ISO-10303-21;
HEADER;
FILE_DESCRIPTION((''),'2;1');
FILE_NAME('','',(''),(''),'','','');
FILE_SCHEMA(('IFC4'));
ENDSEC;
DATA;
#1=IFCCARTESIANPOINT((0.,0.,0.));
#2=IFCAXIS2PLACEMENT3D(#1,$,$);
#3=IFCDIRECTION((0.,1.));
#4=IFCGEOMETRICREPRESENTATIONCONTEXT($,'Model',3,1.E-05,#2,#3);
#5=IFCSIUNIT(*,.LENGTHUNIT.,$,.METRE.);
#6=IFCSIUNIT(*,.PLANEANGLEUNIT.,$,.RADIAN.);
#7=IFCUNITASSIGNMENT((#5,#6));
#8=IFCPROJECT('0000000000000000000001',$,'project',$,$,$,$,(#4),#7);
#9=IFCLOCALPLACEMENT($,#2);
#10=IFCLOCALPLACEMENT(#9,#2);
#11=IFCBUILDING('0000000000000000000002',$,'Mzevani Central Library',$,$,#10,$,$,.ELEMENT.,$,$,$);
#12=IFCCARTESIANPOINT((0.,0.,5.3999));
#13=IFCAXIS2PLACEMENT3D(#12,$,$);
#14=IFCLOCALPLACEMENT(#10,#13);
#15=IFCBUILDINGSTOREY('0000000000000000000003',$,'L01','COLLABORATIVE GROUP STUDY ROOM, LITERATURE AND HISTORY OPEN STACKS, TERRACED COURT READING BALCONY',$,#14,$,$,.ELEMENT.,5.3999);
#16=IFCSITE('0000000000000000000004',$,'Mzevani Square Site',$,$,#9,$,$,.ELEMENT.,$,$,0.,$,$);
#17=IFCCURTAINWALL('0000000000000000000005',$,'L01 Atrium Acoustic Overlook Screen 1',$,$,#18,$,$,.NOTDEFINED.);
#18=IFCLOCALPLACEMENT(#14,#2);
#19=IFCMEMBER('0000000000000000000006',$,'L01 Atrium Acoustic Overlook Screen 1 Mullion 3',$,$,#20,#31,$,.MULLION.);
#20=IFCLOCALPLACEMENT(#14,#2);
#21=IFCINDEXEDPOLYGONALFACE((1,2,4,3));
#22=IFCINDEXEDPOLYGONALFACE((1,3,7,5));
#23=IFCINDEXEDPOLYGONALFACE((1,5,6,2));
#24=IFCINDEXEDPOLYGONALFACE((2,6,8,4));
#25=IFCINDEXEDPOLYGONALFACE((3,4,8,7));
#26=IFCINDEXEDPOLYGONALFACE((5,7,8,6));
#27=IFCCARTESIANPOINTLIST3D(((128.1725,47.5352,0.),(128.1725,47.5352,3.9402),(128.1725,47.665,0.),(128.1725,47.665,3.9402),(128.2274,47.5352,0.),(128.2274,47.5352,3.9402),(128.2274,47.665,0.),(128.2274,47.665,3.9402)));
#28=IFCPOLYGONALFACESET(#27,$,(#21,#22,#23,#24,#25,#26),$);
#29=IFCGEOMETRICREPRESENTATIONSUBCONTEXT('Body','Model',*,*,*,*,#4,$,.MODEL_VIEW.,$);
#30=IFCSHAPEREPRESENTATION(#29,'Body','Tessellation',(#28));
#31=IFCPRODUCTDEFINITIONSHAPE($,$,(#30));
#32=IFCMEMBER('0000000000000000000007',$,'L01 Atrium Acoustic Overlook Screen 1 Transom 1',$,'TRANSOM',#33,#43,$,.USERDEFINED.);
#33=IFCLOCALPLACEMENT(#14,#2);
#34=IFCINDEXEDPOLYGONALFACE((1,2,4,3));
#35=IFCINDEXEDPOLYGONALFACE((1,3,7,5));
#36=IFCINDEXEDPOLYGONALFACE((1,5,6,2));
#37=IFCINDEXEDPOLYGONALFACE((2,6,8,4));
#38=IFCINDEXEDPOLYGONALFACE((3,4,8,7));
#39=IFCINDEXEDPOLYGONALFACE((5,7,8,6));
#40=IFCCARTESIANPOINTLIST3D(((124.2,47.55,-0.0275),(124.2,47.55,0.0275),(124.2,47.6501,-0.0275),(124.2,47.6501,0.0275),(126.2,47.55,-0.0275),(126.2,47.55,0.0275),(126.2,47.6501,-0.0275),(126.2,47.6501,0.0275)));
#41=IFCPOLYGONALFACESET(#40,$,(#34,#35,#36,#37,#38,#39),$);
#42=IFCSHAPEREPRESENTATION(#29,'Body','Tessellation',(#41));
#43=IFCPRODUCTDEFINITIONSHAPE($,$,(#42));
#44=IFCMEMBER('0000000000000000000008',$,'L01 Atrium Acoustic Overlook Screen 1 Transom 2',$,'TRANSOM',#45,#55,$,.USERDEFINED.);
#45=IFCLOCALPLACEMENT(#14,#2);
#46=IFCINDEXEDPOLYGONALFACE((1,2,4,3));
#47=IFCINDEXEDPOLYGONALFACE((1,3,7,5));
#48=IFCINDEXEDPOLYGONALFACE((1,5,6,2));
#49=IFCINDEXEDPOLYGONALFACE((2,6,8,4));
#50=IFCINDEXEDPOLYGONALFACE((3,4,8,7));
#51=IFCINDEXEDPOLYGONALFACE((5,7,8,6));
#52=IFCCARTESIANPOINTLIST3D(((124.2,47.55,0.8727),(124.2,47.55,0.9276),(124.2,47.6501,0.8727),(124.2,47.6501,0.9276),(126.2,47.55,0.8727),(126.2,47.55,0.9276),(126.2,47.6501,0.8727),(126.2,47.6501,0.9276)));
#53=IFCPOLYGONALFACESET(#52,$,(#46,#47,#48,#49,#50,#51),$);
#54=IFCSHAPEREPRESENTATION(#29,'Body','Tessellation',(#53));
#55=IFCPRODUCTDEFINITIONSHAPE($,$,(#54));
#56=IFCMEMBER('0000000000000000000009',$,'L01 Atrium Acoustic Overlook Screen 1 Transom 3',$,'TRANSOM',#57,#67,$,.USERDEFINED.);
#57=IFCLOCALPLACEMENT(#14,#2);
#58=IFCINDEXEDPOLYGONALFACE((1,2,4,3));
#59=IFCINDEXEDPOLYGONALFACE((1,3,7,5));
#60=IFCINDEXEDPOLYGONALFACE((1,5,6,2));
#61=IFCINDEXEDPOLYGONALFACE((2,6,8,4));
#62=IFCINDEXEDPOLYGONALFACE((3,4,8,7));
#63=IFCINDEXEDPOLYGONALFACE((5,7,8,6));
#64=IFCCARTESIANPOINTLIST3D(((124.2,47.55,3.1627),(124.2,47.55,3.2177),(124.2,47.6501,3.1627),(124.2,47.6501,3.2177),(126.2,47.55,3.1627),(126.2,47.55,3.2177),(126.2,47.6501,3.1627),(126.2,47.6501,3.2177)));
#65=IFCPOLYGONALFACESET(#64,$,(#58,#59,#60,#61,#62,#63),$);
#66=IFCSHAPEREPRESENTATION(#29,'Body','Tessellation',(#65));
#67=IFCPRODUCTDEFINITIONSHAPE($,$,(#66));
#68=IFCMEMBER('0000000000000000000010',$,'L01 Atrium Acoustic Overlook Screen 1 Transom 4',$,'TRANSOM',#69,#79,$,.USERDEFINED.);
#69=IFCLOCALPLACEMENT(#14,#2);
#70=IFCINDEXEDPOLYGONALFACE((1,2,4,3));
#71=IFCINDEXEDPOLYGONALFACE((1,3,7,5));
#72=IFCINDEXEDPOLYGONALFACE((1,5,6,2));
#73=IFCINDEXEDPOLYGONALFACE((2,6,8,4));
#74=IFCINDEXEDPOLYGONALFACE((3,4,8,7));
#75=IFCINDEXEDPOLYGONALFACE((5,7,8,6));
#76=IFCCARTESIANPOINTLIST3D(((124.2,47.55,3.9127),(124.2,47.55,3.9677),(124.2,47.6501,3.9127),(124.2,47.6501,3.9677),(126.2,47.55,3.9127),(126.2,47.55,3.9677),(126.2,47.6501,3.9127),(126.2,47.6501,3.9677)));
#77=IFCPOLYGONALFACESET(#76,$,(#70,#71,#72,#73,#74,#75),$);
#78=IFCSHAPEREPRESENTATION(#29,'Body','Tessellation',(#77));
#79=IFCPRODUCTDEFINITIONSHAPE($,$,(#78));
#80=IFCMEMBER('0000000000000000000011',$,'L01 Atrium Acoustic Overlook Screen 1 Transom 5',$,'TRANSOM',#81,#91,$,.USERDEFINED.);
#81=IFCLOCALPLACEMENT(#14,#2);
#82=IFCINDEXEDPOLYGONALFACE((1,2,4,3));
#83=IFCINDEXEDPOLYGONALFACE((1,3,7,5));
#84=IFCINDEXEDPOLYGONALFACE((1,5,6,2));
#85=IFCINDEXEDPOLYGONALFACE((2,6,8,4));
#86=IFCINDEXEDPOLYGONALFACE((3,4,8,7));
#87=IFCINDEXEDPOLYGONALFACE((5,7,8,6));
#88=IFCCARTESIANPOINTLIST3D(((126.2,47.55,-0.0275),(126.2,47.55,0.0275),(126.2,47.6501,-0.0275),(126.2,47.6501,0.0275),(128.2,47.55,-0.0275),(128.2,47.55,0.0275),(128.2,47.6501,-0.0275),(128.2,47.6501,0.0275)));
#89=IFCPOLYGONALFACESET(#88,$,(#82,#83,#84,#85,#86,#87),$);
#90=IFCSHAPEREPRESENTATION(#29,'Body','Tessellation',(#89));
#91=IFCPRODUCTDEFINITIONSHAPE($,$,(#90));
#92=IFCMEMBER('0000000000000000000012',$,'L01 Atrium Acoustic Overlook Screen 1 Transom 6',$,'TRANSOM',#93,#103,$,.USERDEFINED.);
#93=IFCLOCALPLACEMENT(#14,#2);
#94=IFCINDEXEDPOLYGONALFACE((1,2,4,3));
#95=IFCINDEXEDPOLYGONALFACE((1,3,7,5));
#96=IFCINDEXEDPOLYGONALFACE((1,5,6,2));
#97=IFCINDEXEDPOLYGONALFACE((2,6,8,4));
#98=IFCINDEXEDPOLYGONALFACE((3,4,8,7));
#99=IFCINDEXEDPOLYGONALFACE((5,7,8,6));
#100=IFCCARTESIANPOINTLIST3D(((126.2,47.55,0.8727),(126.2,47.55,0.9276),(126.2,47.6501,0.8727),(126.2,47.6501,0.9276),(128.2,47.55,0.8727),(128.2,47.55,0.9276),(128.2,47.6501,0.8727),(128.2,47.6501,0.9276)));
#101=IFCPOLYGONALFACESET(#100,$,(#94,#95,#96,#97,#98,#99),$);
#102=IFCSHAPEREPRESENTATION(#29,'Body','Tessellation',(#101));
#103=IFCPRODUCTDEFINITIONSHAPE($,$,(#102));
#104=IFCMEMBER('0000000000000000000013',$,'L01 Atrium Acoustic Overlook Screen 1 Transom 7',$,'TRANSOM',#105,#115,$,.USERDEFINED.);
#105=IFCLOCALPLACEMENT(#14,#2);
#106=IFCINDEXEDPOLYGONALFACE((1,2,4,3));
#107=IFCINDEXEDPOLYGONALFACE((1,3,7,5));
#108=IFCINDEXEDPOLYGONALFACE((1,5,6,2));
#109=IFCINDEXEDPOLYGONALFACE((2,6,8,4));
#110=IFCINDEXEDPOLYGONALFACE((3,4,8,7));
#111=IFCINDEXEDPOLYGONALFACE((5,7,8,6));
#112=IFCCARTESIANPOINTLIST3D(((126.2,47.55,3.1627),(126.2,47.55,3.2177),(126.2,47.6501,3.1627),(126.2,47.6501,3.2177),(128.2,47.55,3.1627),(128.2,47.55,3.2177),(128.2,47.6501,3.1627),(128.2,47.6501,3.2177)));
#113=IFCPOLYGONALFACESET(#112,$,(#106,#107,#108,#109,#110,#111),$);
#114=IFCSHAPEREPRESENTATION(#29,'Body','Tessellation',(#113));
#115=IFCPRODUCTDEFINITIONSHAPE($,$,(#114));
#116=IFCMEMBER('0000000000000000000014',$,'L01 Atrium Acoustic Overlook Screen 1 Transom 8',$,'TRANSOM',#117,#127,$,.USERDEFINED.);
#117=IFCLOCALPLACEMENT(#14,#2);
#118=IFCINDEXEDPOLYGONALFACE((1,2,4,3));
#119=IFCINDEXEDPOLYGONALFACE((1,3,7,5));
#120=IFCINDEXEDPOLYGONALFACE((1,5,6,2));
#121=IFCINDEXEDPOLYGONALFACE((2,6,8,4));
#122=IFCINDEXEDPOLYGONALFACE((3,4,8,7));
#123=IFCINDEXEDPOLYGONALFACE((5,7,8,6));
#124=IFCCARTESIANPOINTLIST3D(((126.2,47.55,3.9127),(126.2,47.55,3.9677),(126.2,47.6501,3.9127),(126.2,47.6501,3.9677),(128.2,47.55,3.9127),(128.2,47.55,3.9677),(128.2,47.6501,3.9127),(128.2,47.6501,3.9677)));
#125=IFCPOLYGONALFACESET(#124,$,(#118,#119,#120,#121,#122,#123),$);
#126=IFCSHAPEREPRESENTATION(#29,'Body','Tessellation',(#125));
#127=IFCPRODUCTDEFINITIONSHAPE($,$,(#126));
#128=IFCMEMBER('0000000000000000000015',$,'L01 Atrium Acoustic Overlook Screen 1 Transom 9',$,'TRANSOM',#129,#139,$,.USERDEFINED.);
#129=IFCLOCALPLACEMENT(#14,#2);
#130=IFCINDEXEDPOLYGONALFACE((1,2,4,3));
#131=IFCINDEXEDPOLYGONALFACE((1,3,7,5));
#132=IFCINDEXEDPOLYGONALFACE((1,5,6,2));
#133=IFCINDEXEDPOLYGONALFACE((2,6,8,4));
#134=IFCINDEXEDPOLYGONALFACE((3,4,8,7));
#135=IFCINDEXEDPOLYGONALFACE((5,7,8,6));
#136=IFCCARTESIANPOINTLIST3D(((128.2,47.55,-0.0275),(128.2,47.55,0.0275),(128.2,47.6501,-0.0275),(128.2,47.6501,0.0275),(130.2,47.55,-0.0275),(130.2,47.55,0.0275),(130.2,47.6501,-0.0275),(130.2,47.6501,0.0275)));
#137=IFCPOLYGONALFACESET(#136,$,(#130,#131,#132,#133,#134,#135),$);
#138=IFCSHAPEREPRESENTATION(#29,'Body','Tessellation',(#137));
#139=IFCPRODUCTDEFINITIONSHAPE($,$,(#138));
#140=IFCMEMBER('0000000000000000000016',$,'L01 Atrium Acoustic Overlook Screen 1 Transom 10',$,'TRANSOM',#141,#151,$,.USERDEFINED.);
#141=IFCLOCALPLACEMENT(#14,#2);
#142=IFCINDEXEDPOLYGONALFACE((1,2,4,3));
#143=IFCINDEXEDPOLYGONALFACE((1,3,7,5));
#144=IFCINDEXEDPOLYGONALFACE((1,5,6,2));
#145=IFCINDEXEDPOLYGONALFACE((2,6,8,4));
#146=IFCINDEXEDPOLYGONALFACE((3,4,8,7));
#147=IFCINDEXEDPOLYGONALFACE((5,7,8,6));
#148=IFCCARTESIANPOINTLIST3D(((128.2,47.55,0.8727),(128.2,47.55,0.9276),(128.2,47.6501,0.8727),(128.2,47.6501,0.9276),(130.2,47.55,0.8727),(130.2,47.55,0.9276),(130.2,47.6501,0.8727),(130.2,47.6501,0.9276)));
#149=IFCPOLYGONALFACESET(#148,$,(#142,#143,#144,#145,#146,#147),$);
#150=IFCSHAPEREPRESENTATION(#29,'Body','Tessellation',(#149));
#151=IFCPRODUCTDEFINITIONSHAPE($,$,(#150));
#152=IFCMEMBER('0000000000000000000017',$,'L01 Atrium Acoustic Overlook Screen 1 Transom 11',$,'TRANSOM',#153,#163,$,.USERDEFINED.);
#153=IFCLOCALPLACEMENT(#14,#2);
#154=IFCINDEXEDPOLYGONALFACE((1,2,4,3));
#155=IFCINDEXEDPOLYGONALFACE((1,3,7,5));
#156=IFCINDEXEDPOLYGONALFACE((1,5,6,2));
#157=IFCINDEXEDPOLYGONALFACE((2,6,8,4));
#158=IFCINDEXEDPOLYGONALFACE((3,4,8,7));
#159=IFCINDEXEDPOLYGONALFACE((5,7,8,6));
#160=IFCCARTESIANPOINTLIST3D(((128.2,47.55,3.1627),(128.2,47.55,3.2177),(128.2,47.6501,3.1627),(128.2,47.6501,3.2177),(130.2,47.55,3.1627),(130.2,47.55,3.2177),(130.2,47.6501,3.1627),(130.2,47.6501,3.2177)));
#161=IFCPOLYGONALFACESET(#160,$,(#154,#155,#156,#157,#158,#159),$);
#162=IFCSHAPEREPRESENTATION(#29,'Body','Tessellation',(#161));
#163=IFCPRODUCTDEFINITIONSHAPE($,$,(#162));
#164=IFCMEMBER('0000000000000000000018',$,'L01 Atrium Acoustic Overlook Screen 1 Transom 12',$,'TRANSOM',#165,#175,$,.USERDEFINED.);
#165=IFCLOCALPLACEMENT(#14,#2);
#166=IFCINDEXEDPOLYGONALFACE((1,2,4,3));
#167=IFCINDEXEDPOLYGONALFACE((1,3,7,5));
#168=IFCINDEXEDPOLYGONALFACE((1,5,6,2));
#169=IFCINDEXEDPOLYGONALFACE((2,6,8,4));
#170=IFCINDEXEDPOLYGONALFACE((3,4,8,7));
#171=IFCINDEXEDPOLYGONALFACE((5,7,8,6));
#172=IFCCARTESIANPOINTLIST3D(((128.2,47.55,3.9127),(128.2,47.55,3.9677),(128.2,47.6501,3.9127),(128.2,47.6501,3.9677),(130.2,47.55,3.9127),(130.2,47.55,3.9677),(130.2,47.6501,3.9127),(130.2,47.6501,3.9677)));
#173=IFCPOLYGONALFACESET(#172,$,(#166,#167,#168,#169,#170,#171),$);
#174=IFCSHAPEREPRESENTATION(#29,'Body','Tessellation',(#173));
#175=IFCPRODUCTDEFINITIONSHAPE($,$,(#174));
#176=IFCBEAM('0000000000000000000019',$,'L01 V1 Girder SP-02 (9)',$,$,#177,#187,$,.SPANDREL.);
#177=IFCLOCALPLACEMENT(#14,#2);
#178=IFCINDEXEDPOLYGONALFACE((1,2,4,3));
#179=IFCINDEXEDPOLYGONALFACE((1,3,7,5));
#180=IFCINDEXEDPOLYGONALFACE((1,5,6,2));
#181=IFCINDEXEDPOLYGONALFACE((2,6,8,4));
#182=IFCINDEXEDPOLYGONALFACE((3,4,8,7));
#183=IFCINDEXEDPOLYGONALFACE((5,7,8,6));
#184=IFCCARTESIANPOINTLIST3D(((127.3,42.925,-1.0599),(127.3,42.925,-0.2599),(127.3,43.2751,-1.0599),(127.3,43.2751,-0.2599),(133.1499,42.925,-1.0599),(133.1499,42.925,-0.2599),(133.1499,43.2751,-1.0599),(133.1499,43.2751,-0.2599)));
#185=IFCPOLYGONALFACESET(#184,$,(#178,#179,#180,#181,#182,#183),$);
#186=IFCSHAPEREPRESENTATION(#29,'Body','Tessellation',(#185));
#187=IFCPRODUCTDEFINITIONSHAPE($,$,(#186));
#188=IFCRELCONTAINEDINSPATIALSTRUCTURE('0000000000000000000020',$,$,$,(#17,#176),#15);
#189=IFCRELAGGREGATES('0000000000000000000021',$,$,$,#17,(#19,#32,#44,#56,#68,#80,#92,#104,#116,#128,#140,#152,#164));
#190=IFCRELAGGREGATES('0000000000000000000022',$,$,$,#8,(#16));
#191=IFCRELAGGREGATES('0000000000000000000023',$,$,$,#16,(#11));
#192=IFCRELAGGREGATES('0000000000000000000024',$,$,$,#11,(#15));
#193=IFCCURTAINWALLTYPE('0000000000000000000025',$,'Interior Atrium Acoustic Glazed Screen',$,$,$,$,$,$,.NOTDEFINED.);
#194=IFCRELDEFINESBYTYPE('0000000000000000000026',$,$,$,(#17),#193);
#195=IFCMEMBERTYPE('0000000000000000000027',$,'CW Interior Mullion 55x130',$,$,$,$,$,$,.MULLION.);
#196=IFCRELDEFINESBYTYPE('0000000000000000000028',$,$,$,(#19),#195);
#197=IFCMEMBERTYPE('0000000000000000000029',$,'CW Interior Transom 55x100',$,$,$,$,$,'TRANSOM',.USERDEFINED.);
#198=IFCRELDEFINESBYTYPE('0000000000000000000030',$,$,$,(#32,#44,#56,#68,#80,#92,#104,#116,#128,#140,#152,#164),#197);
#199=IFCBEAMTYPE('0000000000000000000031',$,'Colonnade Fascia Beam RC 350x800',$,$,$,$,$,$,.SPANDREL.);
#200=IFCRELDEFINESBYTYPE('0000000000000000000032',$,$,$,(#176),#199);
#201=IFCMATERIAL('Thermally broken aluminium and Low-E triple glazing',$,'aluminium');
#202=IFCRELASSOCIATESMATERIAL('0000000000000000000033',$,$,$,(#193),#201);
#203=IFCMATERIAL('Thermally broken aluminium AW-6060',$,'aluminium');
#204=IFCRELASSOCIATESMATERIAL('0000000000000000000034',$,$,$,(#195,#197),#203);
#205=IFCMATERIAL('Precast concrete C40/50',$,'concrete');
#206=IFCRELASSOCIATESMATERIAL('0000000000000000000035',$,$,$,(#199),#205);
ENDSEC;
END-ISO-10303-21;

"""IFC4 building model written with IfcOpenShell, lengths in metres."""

from ifc_helpers import new_model, si_unit, direction, frame, origin, origin_2d, place, context, subcontext, project, spatial, rectangle, extrude, material, material_profile, profile_set, type_object, element, aggregate, save


model = new_model("IFC4")

# Units and contexts
model_context = context("Model", 3, precision=1e-05, world=origin(), true_north=direction((0.0, 1.0)))
body_context = subcontext(model_context, "Body", "Model", "MODEL_VIEW")
ifc_project = project(units=[si_unit("LENGTHUNIT", "METRE"), si_unit("PLANEANGLEUNIT", "RADIAN")], contexts=[model_context])

# Site, building, storey
site_placement = place(None, origin())
site = spatial("IfcSite", under=ifc_project, at=site_placement, Name="Mzevani Square Site", CompositionType="ELEMENT", RefElevation=0.0)
building_placement = place(site_placement, origin())
building = spatial("IfcBuilding", under=site, at=building_placement, Name="Mzevani Central Library", CompositionType="ELEMENT")
storey_placement = place(building_placement, frame((0.0, 0.0, 5.3999)))
storey = spatial("IfcBuildingStorey", under=building, at=storey_placement, Name="L01", Description="COLLABORATIVE GROUP STUDY ROOM, LITERATURE AND HISTORY OPEN STACKS, TERRACED COURT READING BALCONY", CompositionType="ELEMENT", Elevation=5.3999)

# Curtain wall, members
ifc_material_1 = material(Name="Thermally broken aluminium and Low-E triple glazing", Category="aluminium")
curtain_wall_type = type_object("IfcCurtainWallType", Name="Interior Atrium Acoustic Glazed Screen", PredefinedType="NOTDEFINED", material=ifc_material_1)
curtain_wall_placement = place(storey_placement, origin())
curtain_wall = element("IfcCurtainWall", 1, at=curtain_wall_placement, inside=storey, type_object=curtain_wall_type, Name="L01 Atrium Acoustic Overlook Screen 1", PredefinedType="NOTDEFINED")
ifc_material_2 = material(Name="Thermally broken aluminium AW-6060", Category="aluminium")
ifc_material_profile_1 = material_profile(ifc_material_2, rectangle(XDim=0.0549, YDim=0.1299, at=origin_2d()), Name="ALU M55x130")
ifc_profile_set_1 = profile_set([ifc_material_profile_1], Name="Thermally broken aluminium AW-6060")
member_type_1 = type_object("IfcMemberType", Name="CW Interior Mullion 55x130", PredefinedType="MULLION", material=ifc_profile_set_1)
member_1_placement = place(storey_placement, frame((128.2, 47.6001, 0.0), z_axis=(0.0, 0.0, 1.0), x_axis=(1.0, 0.0, 0.0)))
member_1 = element("IfcMember", 2, at=member_1_placement, type_object=member_type_1, Name="L01 Atrium Acoustic Overlook Screen 1 Mullion 3", PredefinedType="MULLION", context=body_context, shape_type="SweptSolid", body=[
    extrude(rectangle(XDim=0.0549, YDim=0.1299, at=origin_2d()), origin(), (0.0, 0.0, 1.0), 3.9402),
])
ifc_material_profile_2 = material_profile(ifc_material_2, rectangle(XDim=0.1001, YDim=0.0549, at=origin_2d()), Name="ALU T55x100")
ifc_profile_set_2 = profile_set([ifc_material_profile_2], Name="Thermally broken aluminium AW-6060")
member_type_2 = type_object("IfcMemberType", Name="CW Interior Transom 55x100", ElementType="TRANSOM", PredefinedType="USERDEFINED", material=ifc_profile_set_2)
member_2_placement = place(storey_placement, frame((124.2, 47.6001, 0.0), z_axis=(1.0, 0.0, 0.0), x_axis=(0.0, 1.0, 0.0)))
member_2 = element("IfcMember", 3, at=member_2_placement, type_object=member_type_2, Name="L01 Atrium Acoustic Overlook Screen 1 Transom 1", ObjectType="TRANSOM", PredefinedType="USERDEFINED", context=body_context, shape_type="SweptSolid", body=[
    extrude(rectangle(XDim=0.1001, YDim=0.0549, at=origin_2d()), origin(), (0.0, 0.0, 1.0), 2.0),
])
member_3_placement = place(storey_placement, frame((124.2, 47.6001, 0.9001), z_axis=(1.0, 0.0, 0.0), x_axis=(0.0, 1.0, 0.0)))
member_3 = element("IfcMember", 4, at=member_3_placement, type_object=member_type_2, Name="L01 Atrium Acoustic Overlook Screen 1 Transom 2", ObjectType="TRANSOM", PredefinedType="USERDEFINED", context=body_context, shape_type="SweptSolid", body=[
    extrude(rectangle(XDim=0.1001, YDim=0.0549, at=origin_2d()), origin(), (0.0, 0.0, 1.0), 2.0),
])
member_4_placement = place(storey_placement, frame((124.2, 47.6001, 3.1902), z_axis=(1.0, 0.0, 0.0), x_axis=(0.0, 1.0, 0.0)))
member_4 = element("IfcMember", 5, at=member_4_placement, type_object=member_type_2, Name="L01 Atrium Acoustic Overlook Screen 1 Transom 3", ObjectType="TRANSOM", PredefinedType="USERDEFINED", context=body_context, shape_type="SweptSolid", body=[
    extrude(rectangle(XDim=0.1001, YDim=0.0549, at=origin_2d()), origin(), (0.0, 0.0, 1.0), 2.0),
])
member_5_placement = place(storey_placement, frame((124.2, 47.6001, 3.9402), z_axis=(1.0, 0.0, 0.0), x_axis=(0.0, 1.0, 0.0)))
member_5 = element("IfcMember", 6, at=member_5_placement, type_object=member_type_2, Name="L01 Atrium Acoustic Overlook Screen 1 Transom 4", ObjectType="TRANSOM", PredefinedType="USERDEFINED", context=body_context, shape_type="SweptSolid", body=[
    extrude(rectangle(XDim=0.1001, YDim=0.0549, at=origin_2d()), origin(), (0.0, 0.0, 1.0), 2.0),
])
member_6_placement = place(storey_placement, frame((126.2, 47.6001, 0.0), z_axis=(1.0, 0.0, 0.0), x_axis=(0.0, 1.0, 0.0)))
member_6 = element("IfcMember", 7, at=member_6_placement, type_object=member_type_2, Name="L01 Atrium Acoustic Overlook Screen 1 Transom 5", ObjectType="TRANSOM", PredefinedType="USERDEFINED", context=body_context, shape_type="SweptSolid", body=[
    extrude(rectangle(XDim=0.1001, YDim=0.0549, at=origin_2d()), origin(), (0.0, 0.0, 1.0), 2.0),
])
member_7_placement = place(storey_placement, frame((126.2, 47.6001, 0.9001), z_axis=(1.0, 0.0, 0.0), x_axis=(0.0, 1.0, 0.0)))
member_7 = element("IfcMember", 8, at=member_7_placement, type_object=member_type_2, Name="L01 Atrium Acoustic Overlook Screen 1 Transom 6", ObjectType="TRANSOM", PredefinedType="USERDEFINED", context=body_context, shape_type="SweptSolid", body=[
    extrude(rectangle(XDim=0.1001, YDim=0.0549, at=origin_2d()), origin(), (0.0, 0.0, 1.0), 2.0),
])
member_8_placement = place(storey_placement, frame((126.2, 47.6001, 3.1902), z_axis=(1.0, 0.0, 0.0), x_axis=(0.0, 1.0, 0.0)))
member_8 = element("IfcMember", 9, at=member_8_placement, type_object=member_type_2, Name="L01 Atrium Acoustic Overlook Screen 1 Transom 7", ObjectType="TRANSOM", PredefinedType="USERDEFINED", context=body_context, shape_type="SweptSolid", body=[
    extrude(rectangle(XDim=0.1001, YDim=0.0549, at=origin_2d()), origin(), (0.0, 0.0, 1.0), 2.0),
])
member_9_placement = place(storey_placement, frame((126.2, 47.6001, 3.9402), z_axis=(1.0, 0.0, 0.0), x_axis=(0.0, 1.0, 0.0)))
member_9 = element("IfcMember", 10, at=member_9_placement, type_object=member_type_2, Name="L01 Atrium Acoustic Overlook Screen 1 Transom 8", ObjectType="TRANSOM", PredefinedType="USERDEFINED", context=body_context, shape_type="SweptSolid", body=[
    extrude(rectangle(XDim=0.1001, YDim=0.0549, at=origin_2d()), origin(), (0.0, 0.0, 1.0), 2.0),
])
member_10_placement = place(storey_placement, frame((128.2, 47.6001, 0.0), z_axis=(1.0, 0.0, 0.0), x_axis=(0.0, 1.0, 0.0)))
member_10 = element("IfcMember", 11, at=member_10_placement, type_object=member_type_2, Name="L01 Atrium Acoustic Overlook Screen 1 Transom 9", ObjectType="TRANSOM", PredefinedType="USERDEFINED", context=body_context, shape_type="SweptSolid", body=[
    extrude(rectangle(XDim=0.1001, YDim=0.0549, at=origin_2d()), origin(), (0.0, 0.0, 1.0), 2.0),
])
member_11_placement = place(storey_placement, frame((128.2, 47.6001, 0.9001), z_axis=(1.0, 0.0, 0.0), x_axis=(0.0, 1.0, 0.0)))
member_11 = element("IfcMember", 12, at=member_11_placement, type_object=member_type_2, Name="L01 Atrium Acoustic Overlook Screen 1 Transom 10", ObjectType="TRANSOM", PredefinedType="USERDEFINED", context=body_context, shape_type="SweptSolid", body=[
    extrude(rectangle(XDim=0.1001, YDim=0.0549, at=origin_2d()), origin(), (0.0, 0.0, 1.0), 2.0),
])
member_12_placement = place(storey_placement, frame((128.2, 47.6001, 3.1902), z_axis=(1.0, 0.0, 0.0), x_axis=(0.0, 1.0, 0.0)))
member_12 = element("IfcMember", 13, at=member_12_placement, type_object=member_type_2, Name="L01 Atrium Acoustic Overlook Screen 1 Transom 11", ObjectType="TRANSOM", PredefinedType="USERDEFINED", context=body_context, shape_type="SweptSolid", body=[
    extrude(rectangle(XDim=0.1001, YDim=0.0549, at=origin_2d()), origin(), (0.0, 0.0, 1.0), 2.0),
])
member_13_placement = place(storey_placement, frame((128.2, 47.6001, 3.9402), z_axis=(1.0, 0.0, 0.0), x_axis=(0.0, 1.0, 0.0)))
member_13 = element("IfcMember", 14, at=member_13_placement, type_object=member_type_2, Name="L01 Atrium Acoustic Overlook Screen 1 Transom 12", ObjectType="TRANSOM", PredefinedType="USERDEFINED", context=body_context, shape_type="SweptSolid", body=[
    extrude(rectangle(XDim=0.1001, YDim=0.0549, at=origin_2d()), origin(), (0.0, 0.0, 1.0), 2.0),
])

# Beam
ifc_material_3 = material(Name="Precast concrete C40/50", Category="concrete")
ifc_material_profile_3 = material_profile(ifc_material_3, rectangle(XDim=0.3501, YDim=0.8, at=origin_2d()), Name="RC SP350x800")
ifc_profile_set_3 = profile_set([ifc_material_profile_3], Name="Precast concrete C40/50")
beam_type_1 = type_object("IfcBeamType", Name="Colonnade Fascia Beam RC 350x800", PredefinedType="SPANDREL", material=ifc_profile_set_3)
beam_1_placement = place(storey_placement, frame((127.3, 43.1001, -0.6599), z_axis=(1.0, 0.0, 0.0), x_axis=(0.0, 1.0, 0.0)))
element("IfcBeam", 15, at=beam_1_placement, inside=storey, type_object=beam_type_1, Name="L01 V1 Girder SP-02 (9)", PredefinedType="SPANDREL", context=body_context, shape_type="SweptSolid", body=[
    extrude(rectangle(XDim=0.3501, YDim=0.8, at=origin_2d()), origin(), (0.0, 0.0, 1.0), 5.8499),
])

aggregate(curtain_wall, [member_1, member_2, member_3, member_4, member_5, member_6, member_7, member_8, member_9, member_10, member_11, member_12, member_13])

save(model, "model.ifc")
